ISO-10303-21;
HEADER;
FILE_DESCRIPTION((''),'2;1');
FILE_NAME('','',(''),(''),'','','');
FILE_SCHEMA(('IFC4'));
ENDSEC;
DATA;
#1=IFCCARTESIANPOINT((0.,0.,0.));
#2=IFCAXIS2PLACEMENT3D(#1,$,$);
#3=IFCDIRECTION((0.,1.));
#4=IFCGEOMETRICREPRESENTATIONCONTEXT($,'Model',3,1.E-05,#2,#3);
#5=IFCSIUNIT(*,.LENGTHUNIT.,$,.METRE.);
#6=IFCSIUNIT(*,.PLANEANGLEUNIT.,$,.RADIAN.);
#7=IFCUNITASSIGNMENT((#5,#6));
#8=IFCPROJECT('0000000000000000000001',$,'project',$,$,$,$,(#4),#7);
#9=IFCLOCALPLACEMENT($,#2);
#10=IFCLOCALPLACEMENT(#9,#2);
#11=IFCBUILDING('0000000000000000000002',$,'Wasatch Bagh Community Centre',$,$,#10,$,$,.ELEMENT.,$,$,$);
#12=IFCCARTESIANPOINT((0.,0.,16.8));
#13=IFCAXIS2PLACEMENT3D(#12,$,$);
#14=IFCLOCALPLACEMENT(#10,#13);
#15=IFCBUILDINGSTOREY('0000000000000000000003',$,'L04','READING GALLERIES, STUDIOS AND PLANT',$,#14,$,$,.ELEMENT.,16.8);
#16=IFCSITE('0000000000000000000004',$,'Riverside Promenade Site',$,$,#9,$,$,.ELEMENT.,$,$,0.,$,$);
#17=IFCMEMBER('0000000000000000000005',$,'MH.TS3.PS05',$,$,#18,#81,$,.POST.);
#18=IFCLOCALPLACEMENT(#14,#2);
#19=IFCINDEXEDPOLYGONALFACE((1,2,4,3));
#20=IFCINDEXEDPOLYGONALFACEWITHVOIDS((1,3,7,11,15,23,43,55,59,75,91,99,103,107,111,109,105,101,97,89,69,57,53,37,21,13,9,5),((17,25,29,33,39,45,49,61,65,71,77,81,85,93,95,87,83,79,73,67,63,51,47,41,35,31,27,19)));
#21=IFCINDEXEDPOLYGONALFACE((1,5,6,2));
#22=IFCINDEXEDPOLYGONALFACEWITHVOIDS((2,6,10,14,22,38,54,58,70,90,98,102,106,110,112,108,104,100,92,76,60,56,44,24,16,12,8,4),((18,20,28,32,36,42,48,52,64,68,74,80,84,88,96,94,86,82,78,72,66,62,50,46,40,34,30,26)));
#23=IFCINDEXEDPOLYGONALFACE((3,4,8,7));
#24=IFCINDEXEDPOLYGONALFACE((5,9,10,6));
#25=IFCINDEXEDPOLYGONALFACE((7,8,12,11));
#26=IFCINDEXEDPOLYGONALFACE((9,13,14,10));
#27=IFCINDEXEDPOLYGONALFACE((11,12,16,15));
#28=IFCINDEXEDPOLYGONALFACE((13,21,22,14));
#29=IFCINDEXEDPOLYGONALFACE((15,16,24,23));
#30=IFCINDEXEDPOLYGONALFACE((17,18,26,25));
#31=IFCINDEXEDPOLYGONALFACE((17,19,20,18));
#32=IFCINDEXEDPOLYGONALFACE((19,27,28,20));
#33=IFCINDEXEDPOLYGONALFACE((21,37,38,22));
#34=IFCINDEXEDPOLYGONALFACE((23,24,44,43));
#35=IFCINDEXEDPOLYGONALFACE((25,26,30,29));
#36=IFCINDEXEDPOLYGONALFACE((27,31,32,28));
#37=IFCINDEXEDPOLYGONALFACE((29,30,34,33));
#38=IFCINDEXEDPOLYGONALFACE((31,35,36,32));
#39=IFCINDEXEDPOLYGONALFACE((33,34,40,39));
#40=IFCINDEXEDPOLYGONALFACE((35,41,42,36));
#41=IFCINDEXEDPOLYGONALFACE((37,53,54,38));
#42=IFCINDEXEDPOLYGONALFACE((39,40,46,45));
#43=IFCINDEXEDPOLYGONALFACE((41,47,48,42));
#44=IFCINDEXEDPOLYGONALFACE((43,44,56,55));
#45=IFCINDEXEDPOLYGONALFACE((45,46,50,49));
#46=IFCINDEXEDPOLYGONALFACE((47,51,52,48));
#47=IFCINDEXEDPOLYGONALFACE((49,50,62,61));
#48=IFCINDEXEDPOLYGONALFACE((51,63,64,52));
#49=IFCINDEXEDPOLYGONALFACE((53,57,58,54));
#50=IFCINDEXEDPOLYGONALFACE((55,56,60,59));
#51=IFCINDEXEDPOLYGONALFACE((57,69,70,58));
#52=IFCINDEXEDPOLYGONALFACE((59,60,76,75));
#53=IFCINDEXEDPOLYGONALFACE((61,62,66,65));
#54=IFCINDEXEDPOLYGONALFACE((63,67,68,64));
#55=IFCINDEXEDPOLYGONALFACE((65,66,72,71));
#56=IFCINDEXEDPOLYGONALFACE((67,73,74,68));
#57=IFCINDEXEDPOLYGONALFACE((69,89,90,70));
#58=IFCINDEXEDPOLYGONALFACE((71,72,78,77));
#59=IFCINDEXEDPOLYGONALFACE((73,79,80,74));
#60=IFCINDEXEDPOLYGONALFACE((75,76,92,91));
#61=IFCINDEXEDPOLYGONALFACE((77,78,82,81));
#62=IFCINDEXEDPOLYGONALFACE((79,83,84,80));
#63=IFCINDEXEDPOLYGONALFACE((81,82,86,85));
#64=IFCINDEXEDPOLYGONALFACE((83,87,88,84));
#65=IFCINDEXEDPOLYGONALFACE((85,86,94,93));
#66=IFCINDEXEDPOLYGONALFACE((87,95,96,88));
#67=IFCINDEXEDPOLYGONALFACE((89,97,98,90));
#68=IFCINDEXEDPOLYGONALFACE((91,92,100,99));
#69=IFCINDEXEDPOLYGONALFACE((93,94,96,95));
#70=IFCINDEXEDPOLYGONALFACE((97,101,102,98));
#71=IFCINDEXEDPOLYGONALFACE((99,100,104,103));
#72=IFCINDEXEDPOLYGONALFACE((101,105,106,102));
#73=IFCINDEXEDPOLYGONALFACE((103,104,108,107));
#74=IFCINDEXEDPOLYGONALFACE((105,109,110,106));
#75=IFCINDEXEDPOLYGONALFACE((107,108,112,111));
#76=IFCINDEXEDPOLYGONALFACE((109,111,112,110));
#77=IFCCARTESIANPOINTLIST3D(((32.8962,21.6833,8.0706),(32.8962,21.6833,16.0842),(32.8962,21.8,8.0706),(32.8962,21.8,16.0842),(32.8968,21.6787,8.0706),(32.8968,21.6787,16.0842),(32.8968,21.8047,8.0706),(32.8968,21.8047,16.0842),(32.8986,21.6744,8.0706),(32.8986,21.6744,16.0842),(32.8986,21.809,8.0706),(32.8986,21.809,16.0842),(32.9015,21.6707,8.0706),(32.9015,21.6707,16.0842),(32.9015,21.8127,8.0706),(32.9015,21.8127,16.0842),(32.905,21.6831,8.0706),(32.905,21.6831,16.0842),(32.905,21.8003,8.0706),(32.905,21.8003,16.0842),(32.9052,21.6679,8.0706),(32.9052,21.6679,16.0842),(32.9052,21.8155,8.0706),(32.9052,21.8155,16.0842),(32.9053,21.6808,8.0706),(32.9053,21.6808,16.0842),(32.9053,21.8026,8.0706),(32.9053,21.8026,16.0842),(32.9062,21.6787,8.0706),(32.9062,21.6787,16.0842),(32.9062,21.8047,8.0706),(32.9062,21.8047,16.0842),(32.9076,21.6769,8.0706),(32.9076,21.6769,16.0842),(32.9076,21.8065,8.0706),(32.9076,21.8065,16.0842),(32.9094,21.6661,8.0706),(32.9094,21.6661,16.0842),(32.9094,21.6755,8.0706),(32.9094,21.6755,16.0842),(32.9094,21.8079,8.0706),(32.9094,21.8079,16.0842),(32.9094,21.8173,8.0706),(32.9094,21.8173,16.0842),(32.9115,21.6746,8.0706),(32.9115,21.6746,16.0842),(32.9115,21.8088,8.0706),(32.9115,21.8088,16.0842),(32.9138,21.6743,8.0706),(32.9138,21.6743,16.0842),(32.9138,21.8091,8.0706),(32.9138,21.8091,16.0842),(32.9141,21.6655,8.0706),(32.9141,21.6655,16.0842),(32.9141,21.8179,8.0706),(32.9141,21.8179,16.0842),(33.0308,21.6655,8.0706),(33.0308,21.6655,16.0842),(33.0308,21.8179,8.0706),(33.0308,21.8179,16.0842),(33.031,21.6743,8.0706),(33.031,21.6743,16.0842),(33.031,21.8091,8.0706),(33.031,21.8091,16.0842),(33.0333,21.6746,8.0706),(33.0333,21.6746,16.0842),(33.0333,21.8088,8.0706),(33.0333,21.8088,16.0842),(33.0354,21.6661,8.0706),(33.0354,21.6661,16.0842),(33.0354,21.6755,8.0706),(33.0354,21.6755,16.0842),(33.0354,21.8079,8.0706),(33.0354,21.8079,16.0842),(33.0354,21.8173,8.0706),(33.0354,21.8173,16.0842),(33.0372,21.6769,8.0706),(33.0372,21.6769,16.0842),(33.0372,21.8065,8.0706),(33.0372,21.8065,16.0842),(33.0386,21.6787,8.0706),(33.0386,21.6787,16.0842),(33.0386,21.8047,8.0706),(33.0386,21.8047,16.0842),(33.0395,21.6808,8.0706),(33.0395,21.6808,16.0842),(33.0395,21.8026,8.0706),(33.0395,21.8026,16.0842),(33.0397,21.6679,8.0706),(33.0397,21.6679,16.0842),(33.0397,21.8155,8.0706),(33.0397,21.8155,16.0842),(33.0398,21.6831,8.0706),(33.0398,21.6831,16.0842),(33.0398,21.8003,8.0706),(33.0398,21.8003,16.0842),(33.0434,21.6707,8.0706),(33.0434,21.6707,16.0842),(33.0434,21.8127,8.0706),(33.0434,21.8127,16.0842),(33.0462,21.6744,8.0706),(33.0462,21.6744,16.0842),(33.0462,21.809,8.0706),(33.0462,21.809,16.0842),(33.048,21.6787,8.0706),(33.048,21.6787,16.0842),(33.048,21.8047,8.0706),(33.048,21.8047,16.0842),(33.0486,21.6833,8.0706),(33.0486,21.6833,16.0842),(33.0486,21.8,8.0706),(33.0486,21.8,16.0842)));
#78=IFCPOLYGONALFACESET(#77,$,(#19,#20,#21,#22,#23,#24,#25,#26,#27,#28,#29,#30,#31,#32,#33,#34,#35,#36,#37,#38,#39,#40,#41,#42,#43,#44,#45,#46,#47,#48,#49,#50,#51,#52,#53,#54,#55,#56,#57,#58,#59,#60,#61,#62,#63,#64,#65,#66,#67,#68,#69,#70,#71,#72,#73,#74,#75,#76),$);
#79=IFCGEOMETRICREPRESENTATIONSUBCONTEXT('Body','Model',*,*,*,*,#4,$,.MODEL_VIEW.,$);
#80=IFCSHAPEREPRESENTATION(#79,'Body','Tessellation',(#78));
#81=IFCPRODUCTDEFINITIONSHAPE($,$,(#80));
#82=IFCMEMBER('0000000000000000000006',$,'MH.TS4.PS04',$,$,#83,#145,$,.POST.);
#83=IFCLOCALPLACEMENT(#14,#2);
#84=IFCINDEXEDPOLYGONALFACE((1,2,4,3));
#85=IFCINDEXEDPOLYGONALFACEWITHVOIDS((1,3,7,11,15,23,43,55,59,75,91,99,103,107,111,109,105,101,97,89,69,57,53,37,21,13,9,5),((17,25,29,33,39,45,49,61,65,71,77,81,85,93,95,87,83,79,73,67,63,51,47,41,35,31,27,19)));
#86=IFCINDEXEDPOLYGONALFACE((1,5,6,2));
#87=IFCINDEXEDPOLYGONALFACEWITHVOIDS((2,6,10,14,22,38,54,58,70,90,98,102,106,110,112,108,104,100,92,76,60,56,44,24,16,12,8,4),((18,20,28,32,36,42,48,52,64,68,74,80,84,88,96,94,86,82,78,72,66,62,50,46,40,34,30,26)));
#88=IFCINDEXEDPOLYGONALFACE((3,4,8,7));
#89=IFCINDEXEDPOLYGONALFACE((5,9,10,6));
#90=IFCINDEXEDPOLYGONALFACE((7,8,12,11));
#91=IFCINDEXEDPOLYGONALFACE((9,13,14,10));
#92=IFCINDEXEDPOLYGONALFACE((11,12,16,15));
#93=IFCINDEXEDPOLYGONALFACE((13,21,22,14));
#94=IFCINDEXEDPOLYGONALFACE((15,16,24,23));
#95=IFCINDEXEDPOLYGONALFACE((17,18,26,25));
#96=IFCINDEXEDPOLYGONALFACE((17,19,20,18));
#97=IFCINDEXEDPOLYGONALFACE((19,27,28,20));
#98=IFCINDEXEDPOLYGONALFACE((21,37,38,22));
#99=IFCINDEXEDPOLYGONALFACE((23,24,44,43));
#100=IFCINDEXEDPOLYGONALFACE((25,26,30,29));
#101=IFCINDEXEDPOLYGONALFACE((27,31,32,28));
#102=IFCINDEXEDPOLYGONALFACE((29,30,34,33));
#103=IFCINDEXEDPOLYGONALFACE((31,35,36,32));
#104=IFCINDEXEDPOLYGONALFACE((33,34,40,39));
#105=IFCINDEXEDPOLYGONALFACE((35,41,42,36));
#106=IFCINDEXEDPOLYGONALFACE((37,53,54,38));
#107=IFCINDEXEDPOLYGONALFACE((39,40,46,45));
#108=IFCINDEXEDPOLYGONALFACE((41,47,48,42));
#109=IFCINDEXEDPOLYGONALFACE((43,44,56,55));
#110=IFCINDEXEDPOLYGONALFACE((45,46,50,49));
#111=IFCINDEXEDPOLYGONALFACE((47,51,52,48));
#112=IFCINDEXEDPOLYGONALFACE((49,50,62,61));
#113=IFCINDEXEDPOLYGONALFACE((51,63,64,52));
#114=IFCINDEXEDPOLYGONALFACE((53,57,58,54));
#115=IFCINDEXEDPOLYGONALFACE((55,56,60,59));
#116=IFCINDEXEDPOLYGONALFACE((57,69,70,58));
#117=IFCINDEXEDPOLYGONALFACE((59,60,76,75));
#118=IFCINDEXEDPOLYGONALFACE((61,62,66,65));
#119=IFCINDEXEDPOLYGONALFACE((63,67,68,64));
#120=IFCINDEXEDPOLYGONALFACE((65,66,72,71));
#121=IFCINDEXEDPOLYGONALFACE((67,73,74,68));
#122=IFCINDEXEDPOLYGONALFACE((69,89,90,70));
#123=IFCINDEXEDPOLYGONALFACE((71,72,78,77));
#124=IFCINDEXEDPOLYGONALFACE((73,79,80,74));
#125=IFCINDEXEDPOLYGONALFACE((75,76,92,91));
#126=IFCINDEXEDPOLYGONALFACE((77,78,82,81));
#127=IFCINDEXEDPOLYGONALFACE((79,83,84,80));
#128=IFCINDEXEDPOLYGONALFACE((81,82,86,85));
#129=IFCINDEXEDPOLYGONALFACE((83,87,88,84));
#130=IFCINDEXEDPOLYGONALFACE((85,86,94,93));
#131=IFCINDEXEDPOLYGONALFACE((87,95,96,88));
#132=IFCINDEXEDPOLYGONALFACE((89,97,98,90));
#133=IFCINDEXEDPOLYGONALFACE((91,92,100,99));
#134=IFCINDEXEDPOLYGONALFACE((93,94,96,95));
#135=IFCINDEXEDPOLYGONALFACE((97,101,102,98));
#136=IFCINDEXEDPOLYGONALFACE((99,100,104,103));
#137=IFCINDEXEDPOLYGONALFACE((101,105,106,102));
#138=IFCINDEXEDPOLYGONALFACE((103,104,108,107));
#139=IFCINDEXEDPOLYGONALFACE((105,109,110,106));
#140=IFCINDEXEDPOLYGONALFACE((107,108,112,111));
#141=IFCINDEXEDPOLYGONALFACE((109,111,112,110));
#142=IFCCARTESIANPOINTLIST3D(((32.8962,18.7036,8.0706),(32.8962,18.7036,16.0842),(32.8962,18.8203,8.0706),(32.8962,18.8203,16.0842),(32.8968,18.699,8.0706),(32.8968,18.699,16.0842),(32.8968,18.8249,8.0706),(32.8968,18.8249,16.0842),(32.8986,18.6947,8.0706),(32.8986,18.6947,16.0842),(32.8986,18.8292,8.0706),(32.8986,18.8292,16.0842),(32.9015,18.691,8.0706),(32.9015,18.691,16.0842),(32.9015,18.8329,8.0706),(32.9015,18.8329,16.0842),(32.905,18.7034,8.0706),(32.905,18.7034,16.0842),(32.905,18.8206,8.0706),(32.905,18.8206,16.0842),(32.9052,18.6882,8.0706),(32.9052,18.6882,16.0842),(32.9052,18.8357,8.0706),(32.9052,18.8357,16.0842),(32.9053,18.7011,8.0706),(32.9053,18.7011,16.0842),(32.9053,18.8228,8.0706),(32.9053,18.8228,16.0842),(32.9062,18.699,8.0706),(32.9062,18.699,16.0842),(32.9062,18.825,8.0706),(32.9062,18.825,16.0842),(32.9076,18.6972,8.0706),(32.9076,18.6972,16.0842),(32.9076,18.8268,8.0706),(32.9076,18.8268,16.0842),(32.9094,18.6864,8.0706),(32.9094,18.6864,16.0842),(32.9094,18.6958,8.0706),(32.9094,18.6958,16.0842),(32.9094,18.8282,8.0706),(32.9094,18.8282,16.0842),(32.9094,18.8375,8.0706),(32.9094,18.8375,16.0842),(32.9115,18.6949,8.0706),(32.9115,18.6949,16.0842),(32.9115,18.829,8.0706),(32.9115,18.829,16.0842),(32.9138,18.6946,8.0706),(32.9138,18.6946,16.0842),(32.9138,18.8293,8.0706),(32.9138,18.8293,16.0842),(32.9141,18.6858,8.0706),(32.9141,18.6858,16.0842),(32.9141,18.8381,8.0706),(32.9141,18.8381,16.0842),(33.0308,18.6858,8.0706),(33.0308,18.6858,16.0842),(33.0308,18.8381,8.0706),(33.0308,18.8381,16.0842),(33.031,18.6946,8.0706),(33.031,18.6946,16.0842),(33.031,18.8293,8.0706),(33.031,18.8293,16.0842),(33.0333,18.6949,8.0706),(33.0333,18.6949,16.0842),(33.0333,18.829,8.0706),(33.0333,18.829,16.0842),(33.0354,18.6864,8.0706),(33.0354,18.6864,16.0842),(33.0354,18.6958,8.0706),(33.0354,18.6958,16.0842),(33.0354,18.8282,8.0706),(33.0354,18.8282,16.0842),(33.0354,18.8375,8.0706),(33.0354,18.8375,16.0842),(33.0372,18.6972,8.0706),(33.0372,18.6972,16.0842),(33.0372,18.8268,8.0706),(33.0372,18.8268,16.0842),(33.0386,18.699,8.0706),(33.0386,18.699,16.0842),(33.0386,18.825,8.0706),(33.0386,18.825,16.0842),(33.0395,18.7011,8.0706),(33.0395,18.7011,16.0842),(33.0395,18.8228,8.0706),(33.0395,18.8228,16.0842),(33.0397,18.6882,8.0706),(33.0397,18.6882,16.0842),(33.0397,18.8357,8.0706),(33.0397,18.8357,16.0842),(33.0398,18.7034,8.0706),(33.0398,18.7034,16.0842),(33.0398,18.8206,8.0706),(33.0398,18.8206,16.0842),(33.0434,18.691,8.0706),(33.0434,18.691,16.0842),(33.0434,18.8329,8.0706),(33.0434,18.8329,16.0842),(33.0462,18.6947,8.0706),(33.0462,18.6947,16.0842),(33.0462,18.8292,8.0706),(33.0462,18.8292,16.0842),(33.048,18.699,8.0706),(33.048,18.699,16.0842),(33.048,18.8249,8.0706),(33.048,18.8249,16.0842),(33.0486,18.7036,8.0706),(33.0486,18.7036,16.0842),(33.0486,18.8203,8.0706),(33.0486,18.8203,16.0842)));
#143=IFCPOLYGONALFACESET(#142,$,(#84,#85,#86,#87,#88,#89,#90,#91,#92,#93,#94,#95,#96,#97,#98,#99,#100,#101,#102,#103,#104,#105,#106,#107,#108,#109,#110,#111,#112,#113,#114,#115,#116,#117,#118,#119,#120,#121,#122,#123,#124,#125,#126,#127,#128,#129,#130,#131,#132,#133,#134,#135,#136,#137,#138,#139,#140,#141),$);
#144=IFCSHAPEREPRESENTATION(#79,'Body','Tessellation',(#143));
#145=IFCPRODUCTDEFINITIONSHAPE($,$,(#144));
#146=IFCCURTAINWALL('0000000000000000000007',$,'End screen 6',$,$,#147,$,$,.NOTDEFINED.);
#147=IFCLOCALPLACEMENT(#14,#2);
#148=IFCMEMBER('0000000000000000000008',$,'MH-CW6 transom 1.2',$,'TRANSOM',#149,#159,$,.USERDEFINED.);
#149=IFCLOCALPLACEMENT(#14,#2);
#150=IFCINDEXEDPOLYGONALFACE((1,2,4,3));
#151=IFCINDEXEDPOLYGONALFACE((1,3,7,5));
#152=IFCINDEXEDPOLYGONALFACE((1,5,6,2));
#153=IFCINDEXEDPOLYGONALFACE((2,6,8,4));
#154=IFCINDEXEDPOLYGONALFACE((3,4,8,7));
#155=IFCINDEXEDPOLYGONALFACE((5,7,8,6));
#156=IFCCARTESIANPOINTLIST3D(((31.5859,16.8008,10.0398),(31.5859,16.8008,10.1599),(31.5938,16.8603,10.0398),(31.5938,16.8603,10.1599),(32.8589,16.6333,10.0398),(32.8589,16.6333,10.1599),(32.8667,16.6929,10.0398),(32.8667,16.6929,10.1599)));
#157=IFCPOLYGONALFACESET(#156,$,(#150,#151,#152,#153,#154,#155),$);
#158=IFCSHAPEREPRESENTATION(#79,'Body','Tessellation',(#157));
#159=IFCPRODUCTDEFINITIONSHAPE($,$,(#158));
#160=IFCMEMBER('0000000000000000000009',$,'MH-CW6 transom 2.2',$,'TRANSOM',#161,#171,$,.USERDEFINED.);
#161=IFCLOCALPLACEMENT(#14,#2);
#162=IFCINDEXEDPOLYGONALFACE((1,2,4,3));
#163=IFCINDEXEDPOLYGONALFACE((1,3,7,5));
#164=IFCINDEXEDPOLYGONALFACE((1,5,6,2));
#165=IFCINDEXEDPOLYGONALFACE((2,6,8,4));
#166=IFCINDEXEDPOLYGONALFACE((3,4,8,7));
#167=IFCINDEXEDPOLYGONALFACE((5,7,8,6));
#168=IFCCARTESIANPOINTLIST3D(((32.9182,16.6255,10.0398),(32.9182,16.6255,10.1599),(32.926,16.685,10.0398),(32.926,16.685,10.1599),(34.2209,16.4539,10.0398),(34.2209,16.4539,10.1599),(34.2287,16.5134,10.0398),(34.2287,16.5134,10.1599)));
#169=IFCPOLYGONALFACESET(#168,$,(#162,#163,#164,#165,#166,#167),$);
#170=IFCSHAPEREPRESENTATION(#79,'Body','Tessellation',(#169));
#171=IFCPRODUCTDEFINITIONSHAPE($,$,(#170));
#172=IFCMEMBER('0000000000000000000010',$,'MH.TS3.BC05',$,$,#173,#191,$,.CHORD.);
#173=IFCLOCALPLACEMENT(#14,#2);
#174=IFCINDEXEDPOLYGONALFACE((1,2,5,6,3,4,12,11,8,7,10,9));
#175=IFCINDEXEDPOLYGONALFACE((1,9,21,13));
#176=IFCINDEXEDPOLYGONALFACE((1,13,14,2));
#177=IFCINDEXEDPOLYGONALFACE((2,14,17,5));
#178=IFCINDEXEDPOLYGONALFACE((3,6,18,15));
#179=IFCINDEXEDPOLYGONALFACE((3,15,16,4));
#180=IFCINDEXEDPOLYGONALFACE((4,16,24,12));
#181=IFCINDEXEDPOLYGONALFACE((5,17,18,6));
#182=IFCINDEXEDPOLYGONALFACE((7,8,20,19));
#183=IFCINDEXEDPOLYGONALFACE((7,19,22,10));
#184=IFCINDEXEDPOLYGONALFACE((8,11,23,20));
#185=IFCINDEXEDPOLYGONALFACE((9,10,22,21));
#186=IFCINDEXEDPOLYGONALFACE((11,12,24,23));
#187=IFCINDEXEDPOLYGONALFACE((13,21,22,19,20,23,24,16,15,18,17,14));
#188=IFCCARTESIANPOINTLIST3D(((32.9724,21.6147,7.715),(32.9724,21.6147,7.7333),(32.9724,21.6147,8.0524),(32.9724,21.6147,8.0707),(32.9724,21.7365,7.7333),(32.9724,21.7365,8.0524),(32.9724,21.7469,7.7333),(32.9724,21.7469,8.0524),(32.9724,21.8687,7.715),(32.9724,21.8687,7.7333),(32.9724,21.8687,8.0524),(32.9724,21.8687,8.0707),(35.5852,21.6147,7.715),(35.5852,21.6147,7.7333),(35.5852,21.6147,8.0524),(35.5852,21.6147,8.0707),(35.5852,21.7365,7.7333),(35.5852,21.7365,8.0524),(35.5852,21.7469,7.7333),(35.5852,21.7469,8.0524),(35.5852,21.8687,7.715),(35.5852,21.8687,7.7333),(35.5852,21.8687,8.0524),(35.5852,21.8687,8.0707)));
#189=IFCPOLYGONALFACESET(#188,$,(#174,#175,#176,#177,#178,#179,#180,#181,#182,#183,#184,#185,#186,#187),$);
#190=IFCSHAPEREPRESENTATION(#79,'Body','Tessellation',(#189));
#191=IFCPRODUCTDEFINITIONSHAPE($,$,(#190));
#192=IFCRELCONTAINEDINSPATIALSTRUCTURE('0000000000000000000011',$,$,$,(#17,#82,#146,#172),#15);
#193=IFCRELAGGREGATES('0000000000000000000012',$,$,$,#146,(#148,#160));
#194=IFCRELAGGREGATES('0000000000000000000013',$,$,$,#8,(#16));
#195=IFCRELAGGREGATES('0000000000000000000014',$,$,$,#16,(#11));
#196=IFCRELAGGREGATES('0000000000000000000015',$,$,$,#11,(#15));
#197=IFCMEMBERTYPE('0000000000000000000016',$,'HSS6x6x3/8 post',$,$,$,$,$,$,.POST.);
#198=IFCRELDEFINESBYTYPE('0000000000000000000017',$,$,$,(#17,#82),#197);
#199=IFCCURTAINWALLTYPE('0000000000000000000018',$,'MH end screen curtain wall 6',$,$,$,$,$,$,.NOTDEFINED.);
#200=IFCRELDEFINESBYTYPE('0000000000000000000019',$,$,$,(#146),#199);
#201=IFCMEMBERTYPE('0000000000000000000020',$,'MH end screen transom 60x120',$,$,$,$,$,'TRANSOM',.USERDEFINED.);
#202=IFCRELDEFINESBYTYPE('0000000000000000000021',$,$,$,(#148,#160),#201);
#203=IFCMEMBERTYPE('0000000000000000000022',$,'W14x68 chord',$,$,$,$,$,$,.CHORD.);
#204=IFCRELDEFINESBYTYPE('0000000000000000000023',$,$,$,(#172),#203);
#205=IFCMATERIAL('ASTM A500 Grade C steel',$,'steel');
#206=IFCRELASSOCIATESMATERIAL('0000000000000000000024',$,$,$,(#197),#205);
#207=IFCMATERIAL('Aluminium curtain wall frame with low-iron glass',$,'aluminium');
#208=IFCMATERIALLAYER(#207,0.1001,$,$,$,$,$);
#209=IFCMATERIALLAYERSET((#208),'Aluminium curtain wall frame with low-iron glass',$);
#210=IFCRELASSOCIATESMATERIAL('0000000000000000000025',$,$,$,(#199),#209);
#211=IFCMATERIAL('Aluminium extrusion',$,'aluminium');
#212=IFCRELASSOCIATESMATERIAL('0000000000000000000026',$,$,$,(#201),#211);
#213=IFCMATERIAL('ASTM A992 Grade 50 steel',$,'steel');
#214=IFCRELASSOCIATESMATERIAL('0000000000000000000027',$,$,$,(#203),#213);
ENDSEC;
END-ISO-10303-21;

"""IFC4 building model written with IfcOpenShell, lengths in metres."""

from ifc_helpers import new_model, si_unit, direction, frame, origin, origin_2d, place, context, subcontext, project, spatial, rectangle, hollow_rectangle, i_section, extrude, material, layer, layer_set, material_profile, profile_set, type_object, element, aggregate, save


model = new_model("IFC4")

# Units and contexts
model_context = context("Model", 3, precision=1e-05, world=origin(), true_north=direction((0.0, 1.0)))
body_context = subcontext(model_context, "Body", "Model", "MODEL_VIEW")
ifc_project = project(units=[si_unit("LENGTHUNIT", "METRE"), si_unit("PLANEANGLEUNIT", "RADIAN")], contexts=[model_context])

# Site, building, storey
site_placement = place(None, origin())
site = spatial("IfcSite", under=ifc_project, at=site_placement, Name="Riverside Promenade Site", CompositionType="ELEMENT", RefElevation=0.0)
building_placement = place(site_placement, origin())
building = spatial("IfcBuilding", under=site, at=building_placement, Name="Wasatch Bagh Community Centre", CompositionType="ELEMENT")
storey_placement = place(building_placement, frame((0.0, 0.0, 16.8)))
storey = spatial("IfcBuildingStorey", under=building, at=storey_placement, Name="L04", Description="READING GALLERIES, STUDIOS AND PLANT", CompositionType="ELEMENT", Elevation=16.8)

# Members
ifc_material_1 = material(Name="ASTM A500 Grade C steel", Category="steel")
ifc_material_profile_1 = material_profile(ifc_material_1, hollow_rectangle(XDim=0.1523, YDim=0.1523, WallThickness=0.0088, InnerFilletRadius=0.0088, OuterFilletRadius=0.0178, at=origin_2d()), Name="HSS6x6x3/8")
ifc_profile_set_1 = profile_set([ifc_material_profile_1], Name="ASTM A500 Grade C steel")
member_type_1 = type_object("IfcMemberType", Name="HSS6x6x3/8 post", PredefinedType="POST", material=ifc_profile_set_1)
for number, where, z_axis, x_axis, name in (
    (1, (32.9724, 21.7417, 8.0706), (0.0, 0.0, 1.0), (1.0, 0.0, 0.0), "MH.TS3.PS05"),
    (2, (32.9724, 18.762, 8.0706), (0.0, 0.0, 1.0), (1.0, 0.0, 0.0), "MH.TS4.PS04"),
):
    element("IfcMember", number, at=place(storey_placement, frame(where, z_axis=z_axis, x_axis=x_axis)), inside=storey, type_object=member_type_1, Name=name, PredefinedType="POST", context=body_context, shape_type="SweptSolid", body=[
        extrude(hollow_rectangle(XDim=0.1523, YDim=0.1523, WallThickness=0.0088, InnerFilletRadius=0.0088, OuterFilletRadius=0.0178, at=origin_2d()), origin(), (0.0, 0.0, 1.0), 8.0137),
    ])

# Curtain wall, members
ifc_material_2 = material(Name="Aluminium curtain wall frame with low-iron glass", Category="aluminium")
ifc_layer_1 = layer(ifc_material_2, 0.1001)
ifc_layer_set_1 = layer_set([ifc_layer_1], Name="Aluminium curtain wall frame with low-iron glass")
curtain_wall_type = type_object("IfcCurtainWallType", Name="MH end screen curtain wall 6", PredefinedType="NOTDEFINED", material=ifc_layer_set_1)
curtain_wall_placement = place(storey_placement, origin())
curtain_wall = element("IfcCurtainWall", 3, at=curtain_wall_placement, inside=storey, type_object=curtain_wall_type, Name="End screen 6", PredefinedType="NOTDEFINED")
ifc_material_3 = material(Name="Aluminium extrusion", Category="aluminium")
ifc_material_profile_2 = material_profile(ifc_material_3, rectangle(XDim=0.0601, YDim=0.1201, at=origin_2d()), Name="AL 60x120")
ifc_profile_set_2 = profile_set([ifc_material_profile_2], Name="Aluminium extrusion")
member_type_2 = type_object("IfcMemberType", Name="MH end screen transom 60x120", ElementType="TRANSOM", PredefinedType="USERDEFINED", material=ifc_profile_set_2)
member_1_placement = place(storey_placement, frame((31.5898, 16.8306, 10.0999), z_axis=(0.991456, -0.130445, 0.0), x_axis=(0.130445, 0.991456, 0.0)))
member_1 = element("IfcMember", 4, at=member_1_placement, type_object=member_type_2, Name="MH-CW6 transom 1.2", ObjectType="TRANSOM", PredefinedType="USERDEFINED", context=body_context, shape_type="SweptSolid", body=[
    extrude(rectangle(XDim=0.0601, YDim=0.1201, at=origin_2d()), origin(), (0.0, 0.0, 1.0), 1.2839),
])
member_2_placement = place(storey_placement, frame((32.9221, 16.6553, 10.0999), z_axis=(0.991433, -0.130618, 0.0), x_axis=(0.130618, 0.991433, 0.0)))
member_2 = element("IfcMember", 5, at=member_2_placement, type_object=member_type_2, Name="MH-CW6 transom 2.2", ObjectType="TRANSOM", PredefinedType="USERDEFINED", context=body_context, shape_type="SweptSolid", body=[
    extrude(rectangle(XDim=0.0601, YDim=0.1201, at=origin_2d()), origin(), (0.0, 0.0, 1.0), 1.314),
])

# Member
ifc_material_4 = material(Name="ASTM A992 Grade 50 steel", Category="steel")
ifc_material_profile_3 = material_profile(ifc_material_4, i_section(OverallWidth=0.2539, OverallDepth=0.3557, WebThickness=0.0105, FlangeThickness=0.0183, at=origin_2d()), Name="W14x68")
ifc_profile_set_3 = profile_set([ifc_material_profile_3], Name="ASTM A992 Grade 50 steel")
member_type_3 = type_object("IfcMemberType", Name="W14x68 chord", PredefinedType="CHORD", material=ifc_profile_set_3)
for number, where, z_axis, x_axis, name in (
    (6, (32.9724, 21.7417, 7.8928), (1.0, 0.0, 0.0), (0.0, 1.0, 0.0), "MH.TS3.BC05"),
):
    element("IfcMember", number, at=place(storey_placement, frame(where, z_axis=z_axis, x_axis=x_axis)), inside=storey, type_object=member_type_3, Name=name, PredefinedType="CHORD", context=body_context, shape_type="SweptSolid", body=[
        extrude(i_section(OverallWidth=0.2539, OverallDepth=0.3557, WebThickness=0.0105, FlangeThickness=0.0183, at=origin_2d()), origin(), (0.0, 0.0, 1.0), 2.6128),
    ])

aggregate(curtain_wall, [member_1, member_2])

save(model, "model.ifc")
